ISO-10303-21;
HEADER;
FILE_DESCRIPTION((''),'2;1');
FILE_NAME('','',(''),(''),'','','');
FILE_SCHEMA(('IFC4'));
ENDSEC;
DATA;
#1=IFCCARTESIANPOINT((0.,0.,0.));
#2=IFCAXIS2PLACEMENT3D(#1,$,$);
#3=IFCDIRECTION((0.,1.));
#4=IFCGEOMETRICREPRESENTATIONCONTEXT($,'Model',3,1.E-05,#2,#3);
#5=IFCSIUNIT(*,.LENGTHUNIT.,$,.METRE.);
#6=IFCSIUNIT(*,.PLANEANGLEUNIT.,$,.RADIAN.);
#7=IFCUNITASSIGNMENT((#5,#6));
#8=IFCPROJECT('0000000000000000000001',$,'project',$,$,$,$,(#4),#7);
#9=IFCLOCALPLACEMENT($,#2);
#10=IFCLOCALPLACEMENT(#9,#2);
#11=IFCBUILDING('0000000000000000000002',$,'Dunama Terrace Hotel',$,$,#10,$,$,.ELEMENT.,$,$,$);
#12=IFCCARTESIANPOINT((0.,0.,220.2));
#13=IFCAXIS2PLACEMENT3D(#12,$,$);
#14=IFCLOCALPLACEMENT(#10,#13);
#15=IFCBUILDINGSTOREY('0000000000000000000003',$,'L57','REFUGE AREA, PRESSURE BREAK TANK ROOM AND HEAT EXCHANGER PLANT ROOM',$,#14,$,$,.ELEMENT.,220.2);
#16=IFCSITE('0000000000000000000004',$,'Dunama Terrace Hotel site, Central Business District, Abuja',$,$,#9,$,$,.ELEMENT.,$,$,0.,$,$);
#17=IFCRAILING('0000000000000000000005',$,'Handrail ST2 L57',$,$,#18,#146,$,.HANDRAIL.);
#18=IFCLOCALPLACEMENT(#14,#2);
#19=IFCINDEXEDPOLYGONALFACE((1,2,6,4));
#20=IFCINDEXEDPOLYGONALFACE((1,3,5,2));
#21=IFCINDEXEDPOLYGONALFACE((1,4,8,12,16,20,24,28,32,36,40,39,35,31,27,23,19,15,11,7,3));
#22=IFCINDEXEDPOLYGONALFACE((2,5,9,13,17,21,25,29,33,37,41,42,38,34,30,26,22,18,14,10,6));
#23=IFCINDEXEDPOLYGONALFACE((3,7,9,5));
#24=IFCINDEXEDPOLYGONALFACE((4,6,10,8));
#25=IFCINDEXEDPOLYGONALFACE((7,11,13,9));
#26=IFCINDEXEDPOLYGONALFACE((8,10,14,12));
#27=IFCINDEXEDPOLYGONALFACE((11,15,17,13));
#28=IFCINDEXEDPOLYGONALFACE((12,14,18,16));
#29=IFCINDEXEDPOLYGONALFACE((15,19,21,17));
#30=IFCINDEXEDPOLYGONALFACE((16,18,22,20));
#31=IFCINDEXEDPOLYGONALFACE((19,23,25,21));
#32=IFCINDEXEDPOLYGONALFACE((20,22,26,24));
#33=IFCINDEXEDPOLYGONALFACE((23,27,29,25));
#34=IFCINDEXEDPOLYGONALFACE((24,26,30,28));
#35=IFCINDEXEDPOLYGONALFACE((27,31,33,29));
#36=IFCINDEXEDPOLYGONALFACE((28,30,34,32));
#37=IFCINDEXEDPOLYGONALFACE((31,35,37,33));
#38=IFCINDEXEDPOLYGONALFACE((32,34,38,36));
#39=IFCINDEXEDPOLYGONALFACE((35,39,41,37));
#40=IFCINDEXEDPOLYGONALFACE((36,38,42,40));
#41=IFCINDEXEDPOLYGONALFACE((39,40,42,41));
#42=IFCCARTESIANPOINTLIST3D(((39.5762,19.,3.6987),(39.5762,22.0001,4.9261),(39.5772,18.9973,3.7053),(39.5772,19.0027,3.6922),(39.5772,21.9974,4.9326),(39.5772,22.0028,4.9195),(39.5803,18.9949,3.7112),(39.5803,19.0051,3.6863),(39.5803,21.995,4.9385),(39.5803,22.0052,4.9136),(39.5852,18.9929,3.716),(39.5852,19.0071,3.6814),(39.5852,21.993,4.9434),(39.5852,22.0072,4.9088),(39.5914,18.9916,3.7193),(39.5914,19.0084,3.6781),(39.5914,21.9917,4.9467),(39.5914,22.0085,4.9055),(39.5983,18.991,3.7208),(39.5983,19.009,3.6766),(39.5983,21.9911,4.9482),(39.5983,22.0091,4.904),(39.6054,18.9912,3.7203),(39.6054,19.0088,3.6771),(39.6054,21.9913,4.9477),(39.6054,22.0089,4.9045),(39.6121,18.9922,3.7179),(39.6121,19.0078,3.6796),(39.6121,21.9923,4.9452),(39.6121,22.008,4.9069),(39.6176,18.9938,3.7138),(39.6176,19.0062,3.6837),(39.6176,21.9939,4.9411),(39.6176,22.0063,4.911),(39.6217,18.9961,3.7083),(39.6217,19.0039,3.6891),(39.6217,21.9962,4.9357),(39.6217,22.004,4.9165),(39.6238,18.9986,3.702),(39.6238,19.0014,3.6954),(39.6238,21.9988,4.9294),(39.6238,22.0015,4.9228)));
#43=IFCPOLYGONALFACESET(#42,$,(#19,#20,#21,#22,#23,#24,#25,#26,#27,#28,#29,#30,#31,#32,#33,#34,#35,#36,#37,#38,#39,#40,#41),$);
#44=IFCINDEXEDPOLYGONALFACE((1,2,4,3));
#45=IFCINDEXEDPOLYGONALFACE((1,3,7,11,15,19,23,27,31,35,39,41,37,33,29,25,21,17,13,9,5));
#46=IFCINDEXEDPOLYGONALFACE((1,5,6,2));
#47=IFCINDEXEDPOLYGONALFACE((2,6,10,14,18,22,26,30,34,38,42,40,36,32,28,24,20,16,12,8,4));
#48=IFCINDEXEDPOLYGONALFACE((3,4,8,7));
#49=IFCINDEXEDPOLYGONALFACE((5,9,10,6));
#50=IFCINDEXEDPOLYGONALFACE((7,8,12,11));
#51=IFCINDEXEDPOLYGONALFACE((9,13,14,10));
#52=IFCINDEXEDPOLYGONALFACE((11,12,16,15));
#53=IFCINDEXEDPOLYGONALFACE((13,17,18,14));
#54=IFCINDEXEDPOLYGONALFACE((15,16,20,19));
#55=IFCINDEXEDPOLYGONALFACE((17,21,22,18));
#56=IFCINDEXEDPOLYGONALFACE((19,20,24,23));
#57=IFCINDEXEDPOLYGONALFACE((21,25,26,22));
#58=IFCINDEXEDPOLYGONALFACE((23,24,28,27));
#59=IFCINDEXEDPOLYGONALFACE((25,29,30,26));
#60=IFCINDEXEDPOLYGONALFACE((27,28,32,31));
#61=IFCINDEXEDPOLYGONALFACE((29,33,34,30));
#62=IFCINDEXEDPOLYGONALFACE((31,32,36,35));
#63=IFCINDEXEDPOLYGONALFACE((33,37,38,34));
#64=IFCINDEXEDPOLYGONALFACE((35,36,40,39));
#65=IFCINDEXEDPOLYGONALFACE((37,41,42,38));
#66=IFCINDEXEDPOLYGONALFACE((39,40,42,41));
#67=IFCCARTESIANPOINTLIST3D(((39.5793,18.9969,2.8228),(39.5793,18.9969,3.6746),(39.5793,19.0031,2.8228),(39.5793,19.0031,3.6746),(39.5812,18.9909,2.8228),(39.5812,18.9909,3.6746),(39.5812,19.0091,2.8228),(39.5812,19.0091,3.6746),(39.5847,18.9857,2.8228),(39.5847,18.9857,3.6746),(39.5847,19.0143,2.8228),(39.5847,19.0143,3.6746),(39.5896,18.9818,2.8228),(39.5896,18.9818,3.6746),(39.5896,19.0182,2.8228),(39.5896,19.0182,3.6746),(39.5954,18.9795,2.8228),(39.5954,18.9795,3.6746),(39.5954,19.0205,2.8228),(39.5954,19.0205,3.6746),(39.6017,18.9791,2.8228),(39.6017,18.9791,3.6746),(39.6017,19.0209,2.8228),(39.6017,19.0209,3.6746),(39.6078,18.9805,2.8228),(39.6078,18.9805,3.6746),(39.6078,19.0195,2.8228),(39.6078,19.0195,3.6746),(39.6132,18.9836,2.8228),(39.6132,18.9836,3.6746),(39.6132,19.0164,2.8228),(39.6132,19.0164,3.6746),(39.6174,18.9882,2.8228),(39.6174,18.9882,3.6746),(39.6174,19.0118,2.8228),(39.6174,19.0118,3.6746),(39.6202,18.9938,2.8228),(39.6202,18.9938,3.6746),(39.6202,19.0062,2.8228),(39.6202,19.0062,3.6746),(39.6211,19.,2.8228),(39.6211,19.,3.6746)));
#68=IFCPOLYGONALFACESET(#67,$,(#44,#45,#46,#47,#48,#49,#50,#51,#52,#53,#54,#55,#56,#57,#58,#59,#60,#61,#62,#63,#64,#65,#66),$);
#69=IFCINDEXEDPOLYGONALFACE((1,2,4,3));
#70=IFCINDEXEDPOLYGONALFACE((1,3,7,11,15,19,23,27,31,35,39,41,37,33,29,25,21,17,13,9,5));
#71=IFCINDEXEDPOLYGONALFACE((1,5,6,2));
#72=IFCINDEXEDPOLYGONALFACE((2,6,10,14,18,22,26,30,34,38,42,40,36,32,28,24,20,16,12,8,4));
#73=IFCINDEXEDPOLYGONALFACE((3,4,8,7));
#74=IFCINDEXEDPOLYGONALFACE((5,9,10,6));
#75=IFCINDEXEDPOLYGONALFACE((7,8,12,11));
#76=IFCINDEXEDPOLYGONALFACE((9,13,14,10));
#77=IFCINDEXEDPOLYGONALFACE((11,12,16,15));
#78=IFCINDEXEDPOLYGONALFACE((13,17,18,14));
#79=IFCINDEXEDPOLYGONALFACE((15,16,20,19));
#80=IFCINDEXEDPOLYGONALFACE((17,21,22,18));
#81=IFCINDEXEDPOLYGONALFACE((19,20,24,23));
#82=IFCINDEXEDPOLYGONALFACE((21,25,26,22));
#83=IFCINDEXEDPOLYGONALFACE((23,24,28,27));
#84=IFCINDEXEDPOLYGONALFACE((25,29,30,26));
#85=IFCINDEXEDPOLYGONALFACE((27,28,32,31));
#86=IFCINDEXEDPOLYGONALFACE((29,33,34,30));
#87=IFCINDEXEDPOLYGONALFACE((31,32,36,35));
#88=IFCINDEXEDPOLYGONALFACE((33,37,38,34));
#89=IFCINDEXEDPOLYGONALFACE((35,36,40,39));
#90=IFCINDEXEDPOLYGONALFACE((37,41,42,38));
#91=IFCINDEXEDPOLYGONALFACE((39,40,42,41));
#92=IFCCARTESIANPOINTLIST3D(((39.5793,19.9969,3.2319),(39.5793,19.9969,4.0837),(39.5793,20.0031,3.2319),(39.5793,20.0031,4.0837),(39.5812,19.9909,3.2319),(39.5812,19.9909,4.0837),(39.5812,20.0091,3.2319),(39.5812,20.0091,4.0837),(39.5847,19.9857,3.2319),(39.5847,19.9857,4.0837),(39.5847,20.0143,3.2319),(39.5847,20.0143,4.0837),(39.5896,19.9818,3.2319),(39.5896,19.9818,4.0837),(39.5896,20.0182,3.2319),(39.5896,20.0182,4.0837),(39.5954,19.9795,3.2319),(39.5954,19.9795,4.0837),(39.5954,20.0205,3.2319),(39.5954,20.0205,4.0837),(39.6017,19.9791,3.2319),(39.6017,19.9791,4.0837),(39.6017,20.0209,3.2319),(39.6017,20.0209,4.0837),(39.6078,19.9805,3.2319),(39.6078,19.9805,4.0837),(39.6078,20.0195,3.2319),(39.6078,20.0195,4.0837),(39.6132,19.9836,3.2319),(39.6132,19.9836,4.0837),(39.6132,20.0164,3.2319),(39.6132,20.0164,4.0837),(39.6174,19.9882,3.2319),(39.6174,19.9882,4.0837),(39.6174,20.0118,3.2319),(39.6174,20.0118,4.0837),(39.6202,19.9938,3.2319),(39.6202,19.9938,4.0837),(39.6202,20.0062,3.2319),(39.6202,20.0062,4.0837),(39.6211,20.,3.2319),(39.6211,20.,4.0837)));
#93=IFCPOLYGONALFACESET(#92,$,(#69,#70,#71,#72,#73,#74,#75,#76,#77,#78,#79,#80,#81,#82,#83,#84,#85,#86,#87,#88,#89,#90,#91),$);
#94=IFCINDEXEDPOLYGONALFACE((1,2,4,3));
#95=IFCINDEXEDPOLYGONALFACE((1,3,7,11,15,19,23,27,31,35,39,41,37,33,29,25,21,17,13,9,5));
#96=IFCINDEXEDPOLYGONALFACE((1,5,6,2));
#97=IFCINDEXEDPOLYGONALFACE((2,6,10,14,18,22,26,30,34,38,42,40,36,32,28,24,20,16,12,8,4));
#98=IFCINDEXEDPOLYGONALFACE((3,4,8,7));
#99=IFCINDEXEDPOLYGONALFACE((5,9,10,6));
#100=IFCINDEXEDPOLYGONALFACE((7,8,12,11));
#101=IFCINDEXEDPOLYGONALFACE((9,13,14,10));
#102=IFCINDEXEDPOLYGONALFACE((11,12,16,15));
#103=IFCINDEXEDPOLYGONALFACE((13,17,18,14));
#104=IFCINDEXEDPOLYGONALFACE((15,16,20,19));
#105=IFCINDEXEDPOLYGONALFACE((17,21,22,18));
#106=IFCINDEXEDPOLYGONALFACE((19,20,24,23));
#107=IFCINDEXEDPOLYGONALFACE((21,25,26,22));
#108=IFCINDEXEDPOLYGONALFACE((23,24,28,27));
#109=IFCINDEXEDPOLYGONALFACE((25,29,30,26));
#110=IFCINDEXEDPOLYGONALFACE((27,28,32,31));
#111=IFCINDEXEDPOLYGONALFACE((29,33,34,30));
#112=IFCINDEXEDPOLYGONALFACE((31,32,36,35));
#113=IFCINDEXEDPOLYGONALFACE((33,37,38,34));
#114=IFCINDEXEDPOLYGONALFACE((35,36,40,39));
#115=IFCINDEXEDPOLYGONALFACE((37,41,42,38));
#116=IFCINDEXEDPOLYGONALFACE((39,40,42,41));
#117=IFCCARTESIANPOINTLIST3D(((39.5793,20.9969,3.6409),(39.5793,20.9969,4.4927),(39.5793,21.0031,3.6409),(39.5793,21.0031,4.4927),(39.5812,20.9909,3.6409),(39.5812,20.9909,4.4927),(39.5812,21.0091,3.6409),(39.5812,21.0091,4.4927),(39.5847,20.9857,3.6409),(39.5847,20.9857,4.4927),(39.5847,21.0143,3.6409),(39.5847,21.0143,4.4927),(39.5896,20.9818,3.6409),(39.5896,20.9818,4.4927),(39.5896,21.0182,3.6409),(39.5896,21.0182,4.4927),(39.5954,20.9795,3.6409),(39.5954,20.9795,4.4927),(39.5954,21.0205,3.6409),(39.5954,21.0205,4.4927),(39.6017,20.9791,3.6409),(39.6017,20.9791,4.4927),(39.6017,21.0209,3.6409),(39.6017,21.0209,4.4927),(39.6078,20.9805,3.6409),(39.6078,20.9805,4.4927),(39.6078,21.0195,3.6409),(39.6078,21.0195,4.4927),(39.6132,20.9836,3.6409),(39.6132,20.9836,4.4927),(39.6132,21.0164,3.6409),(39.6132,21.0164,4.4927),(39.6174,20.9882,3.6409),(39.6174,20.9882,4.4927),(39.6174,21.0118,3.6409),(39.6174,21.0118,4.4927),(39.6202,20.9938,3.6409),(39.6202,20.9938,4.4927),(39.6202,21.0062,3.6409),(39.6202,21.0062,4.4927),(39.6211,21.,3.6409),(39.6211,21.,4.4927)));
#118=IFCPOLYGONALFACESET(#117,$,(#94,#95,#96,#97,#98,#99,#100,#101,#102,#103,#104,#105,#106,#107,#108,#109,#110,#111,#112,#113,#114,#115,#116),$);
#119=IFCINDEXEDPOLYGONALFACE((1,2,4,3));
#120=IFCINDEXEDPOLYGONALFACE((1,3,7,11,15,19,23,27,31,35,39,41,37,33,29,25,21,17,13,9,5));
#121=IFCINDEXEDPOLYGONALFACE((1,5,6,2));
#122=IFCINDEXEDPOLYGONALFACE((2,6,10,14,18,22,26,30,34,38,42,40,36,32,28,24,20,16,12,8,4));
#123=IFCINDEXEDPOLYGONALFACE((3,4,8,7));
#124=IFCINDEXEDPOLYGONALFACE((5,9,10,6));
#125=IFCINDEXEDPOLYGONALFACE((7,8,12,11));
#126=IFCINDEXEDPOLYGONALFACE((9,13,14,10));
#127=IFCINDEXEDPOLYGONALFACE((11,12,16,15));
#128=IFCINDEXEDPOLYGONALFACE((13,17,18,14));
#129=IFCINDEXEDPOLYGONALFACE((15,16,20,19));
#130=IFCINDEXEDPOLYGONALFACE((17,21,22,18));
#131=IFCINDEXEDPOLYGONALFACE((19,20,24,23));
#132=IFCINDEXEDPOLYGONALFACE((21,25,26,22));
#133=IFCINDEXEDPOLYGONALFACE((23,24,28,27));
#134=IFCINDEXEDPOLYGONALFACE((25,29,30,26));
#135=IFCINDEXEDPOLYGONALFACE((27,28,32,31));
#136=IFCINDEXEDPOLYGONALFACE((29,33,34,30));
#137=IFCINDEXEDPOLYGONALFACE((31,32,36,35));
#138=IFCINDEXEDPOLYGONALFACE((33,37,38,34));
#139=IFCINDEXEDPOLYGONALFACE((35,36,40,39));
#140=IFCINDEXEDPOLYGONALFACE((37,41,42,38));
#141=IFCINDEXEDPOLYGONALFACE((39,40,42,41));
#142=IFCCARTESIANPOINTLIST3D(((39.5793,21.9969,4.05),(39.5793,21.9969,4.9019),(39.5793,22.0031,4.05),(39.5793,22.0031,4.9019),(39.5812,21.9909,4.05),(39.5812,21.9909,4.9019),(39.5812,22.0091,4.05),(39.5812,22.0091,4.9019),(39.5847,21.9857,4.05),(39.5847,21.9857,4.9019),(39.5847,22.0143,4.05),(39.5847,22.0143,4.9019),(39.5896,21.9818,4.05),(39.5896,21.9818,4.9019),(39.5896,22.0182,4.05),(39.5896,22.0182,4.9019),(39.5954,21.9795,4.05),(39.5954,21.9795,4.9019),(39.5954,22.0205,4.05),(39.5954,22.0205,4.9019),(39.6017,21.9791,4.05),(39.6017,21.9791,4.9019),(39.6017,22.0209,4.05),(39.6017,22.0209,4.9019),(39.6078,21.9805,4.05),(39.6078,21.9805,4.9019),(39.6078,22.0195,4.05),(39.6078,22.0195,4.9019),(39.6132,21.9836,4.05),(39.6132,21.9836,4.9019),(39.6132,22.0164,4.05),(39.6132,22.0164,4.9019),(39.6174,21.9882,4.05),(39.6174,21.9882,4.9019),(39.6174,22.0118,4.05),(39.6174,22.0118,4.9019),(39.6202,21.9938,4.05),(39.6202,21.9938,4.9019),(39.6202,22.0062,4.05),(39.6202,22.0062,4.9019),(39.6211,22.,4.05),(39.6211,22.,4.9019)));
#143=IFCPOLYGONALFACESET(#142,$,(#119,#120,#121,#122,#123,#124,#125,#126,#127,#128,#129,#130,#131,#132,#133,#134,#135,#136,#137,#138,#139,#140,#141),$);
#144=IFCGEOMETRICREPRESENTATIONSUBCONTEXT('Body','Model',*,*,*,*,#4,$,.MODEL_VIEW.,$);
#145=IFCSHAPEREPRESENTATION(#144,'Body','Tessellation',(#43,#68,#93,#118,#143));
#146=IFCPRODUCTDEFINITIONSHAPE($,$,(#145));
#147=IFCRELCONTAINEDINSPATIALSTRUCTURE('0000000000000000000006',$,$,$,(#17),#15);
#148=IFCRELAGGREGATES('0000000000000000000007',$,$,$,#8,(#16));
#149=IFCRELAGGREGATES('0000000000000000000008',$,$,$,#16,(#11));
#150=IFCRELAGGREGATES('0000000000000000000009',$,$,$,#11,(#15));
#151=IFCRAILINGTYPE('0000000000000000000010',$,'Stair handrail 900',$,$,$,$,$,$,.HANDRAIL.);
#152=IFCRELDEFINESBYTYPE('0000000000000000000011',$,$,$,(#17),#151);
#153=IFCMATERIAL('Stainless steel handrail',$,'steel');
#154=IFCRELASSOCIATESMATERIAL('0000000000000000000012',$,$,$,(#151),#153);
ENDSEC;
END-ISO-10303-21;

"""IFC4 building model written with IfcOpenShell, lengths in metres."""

from ifc_helpers import new_model, si_unit, direction, frame, origin, origin_2d, place, context, subcontext, project, spatial, circle, extrude, material, type_object, element, save


model = new_model("IFC4")

# Units and contexts
model_context = context("Model", 3, precision=1e-05, world=origin(), true_north=direction((0.0, 1.0)))
body_context = subcontext(model_context, "Body", "Model", "MODEL_VIEW")
ifc_project = project(units=[si_unit("LENGTHUNIT", "METRE"), si_unit("PLANEANGLEUNIT", "RADIAN")], contexts=[model_context])

# Site, building, storey
site_placement = place(None, origin())
site = spatial("IfcSite", under=ifc_project, at=site_placement, Name="Dunama Terrace Hotel site, Central Business District, Abuja", CompositionType="ELEMENT", RefElevation=0.0)
building_placement = place(site_placement, origin())
building = spatial("IfcBuilding", under=site, at=building_placement, Name="Dunama Terrace Hotel", CompositionType="ELEMENT")
storey_placement = place(building_placement, frame((0.0, 0.0, 220.2)))
storey = spatial("IfcBuildingStorey", under=building, at=storey_placement, Name="L57", Description="REFUGE AREA, PRESSURE BREAK TANK ROOM AND HEAT EXCHANGER PLANT ROOM", CompositionType="ELEMENT", Elevation=220.2)

# Railing
ifc_material_1 = material(Name="Stainless steel handrail", Category="steel")
railing_type = type_object("IfcRailingType", Name="Stair handrail 900", PredefinedType="HANDRAIL", material=ifc_material_1)
railing_1_placement = place(storey_placement, frame((39.6001, 19.0, 2.8228)))
element("IfcRailing", 1, at=railing_1_placement, inside=storey, type_object=railing_type, Name="Handrail ST2 L57", PredefinedType="HANDRAIL", context=body_context, shape_type="SweptSolid", body=[
    extrude(circle(Radius=0.0239, at=origin_2d()), frame((0.0, 0.0, 0.876), z_axis=(0.0, 0.925545, 0.378639), x_axis=(-1.0, 0.0, 0.0)), (0.0, 0.0, 1.0), 3.2415),
    extrude(circle(Radius=0.021, at=origin_2d()), origin(), (0.0, 0.0, 1.0), 0.8518),
    extrude(circle(Radius=0.021, at=origin_2d()), frame((0.0, 1.0, 0.4092)), (0.0, 0.0, 1.0), 0.8518),
    extrude(circle(Radius=0.021, at=origin_2d()), frame((0.0, 2.0, 0.8181)), (0.0, 0.0, 1.0), 0.8518),
    extrude(circle(Radius=0.021, at=origin_2d()), frame((0.0, 3.0, 1.2273)), (0.0, 0.0, 1.0), 0.8518),
])

save(model, "model.ifc")
